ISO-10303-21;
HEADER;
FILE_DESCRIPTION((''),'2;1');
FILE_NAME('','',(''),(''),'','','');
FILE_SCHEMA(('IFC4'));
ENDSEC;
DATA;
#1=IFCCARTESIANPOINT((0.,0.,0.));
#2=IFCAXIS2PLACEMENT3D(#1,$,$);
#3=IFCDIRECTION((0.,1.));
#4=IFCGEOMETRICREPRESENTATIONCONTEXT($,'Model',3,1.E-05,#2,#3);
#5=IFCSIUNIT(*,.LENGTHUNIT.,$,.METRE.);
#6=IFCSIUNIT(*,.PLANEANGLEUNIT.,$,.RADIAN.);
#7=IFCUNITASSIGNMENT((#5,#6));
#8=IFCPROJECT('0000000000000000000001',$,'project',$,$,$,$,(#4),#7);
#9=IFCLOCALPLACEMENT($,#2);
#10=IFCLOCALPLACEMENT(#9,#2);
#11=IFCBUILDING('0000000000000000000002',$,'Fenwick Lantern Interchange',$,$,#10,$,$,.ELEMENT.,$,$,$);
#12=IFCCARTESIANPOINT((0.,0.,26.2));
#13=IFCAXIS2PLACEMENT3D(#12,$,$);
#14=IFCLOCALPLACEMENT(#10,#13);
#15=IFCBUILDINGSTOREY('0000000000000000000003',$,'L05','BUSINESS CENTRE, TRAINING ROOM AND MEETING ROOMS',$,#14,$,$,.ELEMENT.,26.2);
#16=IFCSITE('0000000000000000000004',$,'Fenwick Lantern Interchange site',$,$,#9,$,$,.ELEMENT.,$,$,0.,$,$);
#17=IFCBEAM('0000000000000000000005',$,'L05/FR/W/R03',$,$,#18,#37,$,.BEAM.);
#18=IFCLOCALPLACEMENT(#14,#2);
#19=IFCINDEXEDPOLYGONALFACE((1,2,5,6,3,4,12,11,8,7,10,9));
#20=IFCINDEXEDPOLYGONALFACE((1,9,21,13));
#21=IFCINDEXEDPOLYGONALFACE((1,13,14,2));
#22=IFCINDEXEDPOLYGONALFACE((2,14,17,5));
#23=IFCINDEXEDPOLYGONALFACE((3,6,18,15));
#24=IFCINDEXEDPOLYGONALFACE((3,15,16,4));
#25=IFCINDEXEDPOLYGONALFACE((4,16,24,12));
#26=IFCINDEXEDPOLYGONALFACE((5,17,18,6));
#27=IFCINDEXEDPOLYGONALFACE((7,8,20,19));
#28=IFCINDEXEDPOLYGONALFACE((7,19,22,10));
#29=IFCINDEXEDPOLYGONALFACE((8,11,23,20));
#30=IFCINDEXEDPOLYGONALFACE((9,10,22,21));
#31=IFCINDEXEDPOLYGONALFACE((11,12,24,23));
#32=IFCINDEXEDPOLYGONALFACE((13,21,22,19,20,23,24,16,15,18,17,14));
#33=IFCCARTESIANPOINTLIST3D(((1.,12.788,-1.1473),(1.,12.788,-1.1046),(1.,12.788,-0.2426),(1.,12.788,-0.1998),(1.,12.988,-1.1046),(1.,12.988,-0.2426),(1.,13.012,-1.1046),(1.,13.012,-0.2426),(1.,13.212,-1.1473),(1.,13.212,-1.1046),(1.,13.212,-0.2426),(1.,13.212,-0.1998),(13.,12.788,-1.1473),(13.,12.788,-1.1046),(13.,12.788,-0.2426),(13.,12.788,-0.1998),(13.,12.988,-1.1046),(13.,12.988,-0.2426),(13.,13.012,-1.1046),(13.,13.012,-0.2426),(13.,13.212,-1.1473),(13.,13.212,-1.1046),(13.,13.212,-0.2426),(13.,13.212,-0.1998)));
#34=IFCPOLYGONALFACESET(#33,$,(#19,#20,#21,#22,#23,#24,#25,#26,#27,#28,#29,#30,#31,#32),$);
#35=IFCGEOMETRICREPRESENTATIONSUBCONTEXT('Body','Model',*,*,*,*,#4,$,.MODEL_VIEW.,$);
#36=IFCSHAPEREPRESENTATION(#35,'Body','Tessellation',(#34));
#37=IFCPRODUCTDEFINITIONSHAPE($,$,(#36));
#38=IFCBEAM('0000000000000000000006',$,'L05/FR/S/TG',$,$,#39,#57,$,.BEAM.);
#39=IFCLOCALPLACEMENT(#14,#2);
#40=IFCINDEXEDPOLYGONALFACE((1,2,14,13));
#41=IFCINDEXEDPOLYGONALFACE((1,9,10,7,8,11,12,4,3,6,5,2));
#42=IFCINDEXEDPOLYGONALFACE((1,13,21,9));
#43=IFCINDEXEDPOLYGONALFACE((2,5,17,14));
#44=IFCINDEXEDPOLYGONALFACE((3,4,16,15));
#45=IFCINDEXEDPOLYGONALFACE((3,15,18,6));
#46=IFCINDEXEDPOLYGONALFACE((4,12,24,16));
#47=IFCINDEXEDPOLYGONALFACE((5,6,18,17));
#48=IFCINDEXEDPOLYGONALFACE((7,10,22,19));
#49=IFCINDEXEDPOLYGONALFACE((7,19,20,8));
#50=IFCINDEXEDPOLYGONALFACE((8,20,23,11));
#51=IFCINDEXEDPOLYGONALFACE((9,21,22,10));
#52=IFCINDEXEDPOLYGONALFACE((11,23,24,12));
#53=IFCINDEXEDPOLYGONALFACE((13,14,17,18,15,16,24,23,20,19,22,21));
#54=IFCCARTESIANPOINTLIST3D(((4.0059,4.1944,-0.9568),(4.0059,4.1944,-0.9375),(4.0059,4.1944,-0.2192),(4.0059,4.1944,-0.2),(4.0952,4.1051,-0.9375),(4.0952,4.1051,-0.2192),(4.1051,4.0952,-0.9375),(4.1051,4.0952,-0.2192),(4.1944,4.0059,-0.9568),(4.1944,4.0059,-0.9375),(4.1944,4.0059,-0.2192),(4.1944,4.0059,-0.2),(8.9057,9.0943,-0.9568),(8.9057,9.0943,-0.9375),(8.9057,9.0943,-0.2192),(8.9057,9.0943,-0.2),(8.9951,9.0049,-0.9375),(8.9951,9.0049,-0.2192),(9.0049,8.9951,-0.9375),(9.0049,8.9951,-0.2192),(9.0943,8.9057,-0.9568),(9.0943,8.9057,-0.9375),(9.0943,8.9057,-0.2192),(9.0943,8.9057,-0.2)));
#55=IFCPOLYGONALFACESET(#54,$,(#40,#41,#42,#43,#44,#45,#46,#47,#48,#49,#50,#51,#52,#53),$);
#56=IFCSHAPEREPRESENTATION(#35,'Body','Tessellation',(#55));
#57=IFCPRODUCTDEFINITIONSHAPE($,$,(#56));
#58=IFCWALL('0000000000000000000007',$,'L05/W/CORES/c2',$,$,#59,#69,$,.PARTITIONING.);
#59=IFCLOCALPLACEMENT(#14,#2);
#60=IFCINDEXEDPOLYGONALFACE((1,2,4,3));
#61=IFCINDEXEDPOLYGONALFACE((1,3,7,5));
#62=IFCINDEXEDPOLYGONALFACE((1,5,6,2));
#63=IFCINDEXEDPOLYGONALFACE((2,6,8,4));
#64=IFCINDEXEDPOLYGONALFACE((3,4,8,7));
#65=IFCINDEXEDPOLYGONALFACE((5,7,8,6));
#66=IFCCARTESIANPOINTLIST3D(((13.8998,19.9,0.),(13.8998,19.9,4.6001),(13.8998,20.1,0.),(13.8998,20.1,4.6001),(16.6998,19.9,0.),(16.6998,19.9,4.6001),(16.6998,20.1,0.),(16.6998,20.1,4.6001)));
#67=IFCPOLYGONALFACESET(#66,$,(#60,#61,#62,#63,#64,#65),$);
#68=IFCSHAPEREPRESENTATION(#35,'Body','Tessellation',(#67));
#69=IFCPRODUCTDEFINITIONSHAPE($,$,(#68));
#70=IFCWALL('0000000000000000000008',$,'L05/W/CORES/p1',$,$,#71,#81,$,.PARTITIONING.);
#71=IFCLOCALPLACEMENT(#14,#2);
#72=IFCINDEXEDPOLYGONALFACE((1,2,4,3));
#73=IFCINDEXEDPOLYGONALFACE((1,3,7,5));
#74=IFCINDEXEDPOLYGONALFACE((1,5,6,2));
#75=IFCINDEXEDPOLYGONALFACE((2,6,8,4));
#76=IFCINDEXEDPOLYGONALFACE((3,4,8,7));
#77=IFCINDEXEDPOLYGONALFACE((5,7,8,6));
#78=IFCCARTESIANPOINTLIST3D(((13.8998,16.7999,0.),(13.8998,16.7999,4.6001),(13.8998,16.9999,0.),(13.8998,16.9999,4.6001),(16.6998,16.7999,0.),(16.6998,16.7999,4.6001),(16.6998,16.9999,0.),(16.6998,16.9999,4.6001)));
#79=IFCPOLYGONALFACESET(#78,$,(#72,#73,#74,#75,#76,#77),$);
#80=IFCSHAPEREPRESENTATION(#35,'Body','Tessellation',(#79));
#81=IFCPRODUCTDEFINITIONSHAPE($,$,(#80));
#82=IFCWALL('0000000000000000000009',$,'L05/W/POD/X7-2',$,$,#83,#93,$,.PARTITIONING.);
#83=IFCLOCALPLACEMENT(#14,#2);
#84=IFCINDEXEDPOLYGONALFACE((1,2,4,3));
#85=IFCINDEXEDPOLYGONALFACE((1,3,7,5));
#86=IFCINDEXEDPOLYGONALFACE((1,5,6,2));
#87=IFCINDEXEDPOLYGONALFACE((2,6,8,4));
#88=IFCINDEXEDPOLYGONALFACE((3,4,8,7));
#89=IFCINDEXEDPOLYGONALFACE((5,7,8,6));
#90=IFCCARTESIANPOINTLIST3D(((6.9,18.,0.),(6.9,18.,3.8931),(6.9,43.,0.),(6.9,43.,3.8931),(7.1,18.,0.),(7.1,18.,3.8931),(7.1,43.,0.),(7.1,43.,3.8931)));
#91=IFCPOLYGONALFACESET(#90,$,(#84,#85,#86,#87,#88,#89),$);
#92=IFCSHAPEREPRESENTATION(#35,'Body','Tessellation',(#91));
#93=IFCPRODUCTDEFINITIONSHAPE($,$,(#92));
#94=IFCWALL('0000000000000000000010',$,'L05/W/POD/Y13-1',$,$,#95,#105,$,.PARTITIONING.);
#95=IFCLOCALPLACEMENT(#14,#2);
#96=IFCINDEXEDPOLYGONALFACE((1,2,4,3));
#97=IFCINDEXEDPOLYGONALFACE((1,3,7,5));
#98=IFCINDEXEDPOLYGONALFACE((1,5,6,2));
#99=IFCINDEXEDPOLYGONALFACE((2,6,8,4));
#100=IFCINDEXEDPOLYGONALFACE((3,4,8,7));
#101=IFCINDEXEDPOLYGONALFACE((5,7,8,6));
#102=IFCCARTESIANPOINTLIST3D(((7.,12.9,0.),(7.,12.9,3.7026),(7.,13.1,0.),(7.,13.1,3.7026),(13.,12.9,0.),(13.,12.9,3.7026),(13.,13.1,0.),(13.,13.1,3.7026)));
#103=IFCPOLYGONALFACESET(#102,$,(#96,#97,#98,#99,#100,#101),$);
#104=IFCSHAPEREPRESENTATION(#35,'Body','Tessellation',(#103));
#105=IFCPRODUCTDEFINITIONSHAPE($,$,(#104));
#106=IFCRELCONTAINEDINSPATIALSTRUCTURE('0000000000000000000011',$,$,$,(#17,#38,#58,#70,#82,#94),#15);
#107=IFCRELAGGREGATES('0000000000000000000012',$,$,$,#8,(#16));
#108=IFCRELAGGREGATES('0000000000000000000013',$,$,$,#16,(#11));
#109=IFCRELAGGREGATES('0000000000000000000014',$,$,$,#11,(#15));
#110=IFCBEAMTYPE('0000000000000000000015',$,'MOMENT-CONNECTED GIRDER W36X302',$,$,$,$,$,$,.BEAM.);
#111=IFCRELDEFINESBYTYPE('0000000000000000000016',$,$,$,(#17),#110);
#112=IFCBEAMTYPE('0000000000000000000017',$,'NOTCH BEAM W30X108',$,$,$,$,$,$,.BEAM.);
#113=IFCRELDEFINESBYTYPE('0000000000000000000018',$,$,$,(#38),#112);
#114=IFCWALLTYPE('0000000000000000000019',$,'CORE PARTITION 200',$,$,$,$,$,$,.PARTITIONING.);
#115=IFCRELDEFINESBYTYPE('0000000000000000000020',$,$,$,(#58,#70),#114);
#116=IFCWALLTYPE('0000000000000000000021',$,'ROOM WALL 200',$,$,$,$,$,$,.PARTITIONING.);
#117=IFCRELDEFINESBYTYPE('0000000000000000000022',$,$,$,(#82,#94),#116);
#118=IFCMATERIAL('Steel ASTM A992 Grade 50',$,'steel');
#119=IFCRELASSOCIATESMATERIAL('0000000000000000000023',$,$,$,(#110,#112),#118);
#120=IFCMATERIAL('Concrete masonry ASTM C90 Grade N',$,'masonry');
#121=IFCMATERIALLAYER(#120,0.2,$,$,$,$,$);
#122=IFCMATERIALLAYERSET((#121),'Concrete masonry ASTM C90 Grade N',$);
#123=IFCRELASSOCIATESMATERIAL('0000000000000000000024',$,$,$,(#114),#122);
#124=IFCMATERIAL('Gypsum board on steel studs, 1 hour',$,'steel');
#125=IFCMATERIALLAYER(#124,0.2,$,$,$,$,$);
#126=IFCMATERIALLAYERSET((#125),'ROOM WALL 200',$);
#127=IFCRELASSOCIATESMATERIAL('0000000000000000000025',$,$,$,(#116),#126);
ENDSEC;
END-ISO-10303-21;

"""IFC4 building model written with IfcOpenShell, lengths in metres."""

from ifc_helpers import new_model, si_unit, direction, frame, frame_2d, origin, origin_2d, place, context, subcontext, project, spatial, rectangle, i_section, extrude, material, layer, layer_set, material_profile, profile_set, type_object, element, save


model = new_model("IFC4")

# Units and contexts
model_context = context("Model", 3, precision=1e-05, world=origin(), true_north=direction((0.0, 1.0)))
body_context = subcontext(model_context, "Body", "Model", "MODEL_VIEW")
ifc_project = project(units=[si_unit("LENGTHUNIT", "METRE"), si_unit("PLANEANGLEUNIT", "RADIAN")], contexts=[model_context])

# Site, building, storey
site_placement = place(None, origin())
site = spatial("IfcSite", under=ifc_project, at=site_placement, Name="Fenwick Lantern Interchange site", CompositionType="ELEMENT", RefElevation=0.0)
building_placement = place(site_placement, origin())
building = spatial("IfcBuilding", under=site, at=building_placement, Name="Fenwick Lantern Interchange", CompositionType="ELEMENT")
storey_placement = place(building_placement, frame((0.0, 0.0, 26.2)))
storey = spatial("IfcBuildingStorey", under=building, at=storey_placement, Name="L05", Description="BUSINESS CENTRE, TRAINING ROOM AND MEETING ROOMS", CompositionType="ELEMENT", Elevation=26.2)

# Beams
ifc_material_1 = material(Name="Steel ASTM A992 Grade 50", Category="steel")
ifc_material_profile_1 = material_profile(ifc_material_1, i_section(OverallWidth=0.4241, OverallDepth=0.9475, WebThickness=0.0239, FlangeThickness=0.0427, at=origin_2d()), Name="W36X302")
ifc_profile_set_1 = profile_set([ifc_material_profile_1], Name="Steel ASTM A992 Grade 50")
beam_type_1 = type_object("IfcBeamType", Name="MOMENT-CONNECTED GIRDER W36X302", PredefinedType="BEAM", material=ifc_profile_set_1)
beam_1_placement = place(storey_placement, frame((1.0, 13.0, -0.6736), z_axis=(1.0, 0.0, 0.0), x_axis=(0.0, 1.0, 0.0)))
element("IfcBeam", 1, at=beam_1_placement, inside=storey, type_object=beam_type_1, Name="L05/FR/W/R03", PredefinedType="BEAM", context=body_context, shape_type="SweptSolid", body=[
    extrude(i_section(OverallWidth=0.4241, OverallDepth=0.9475, WebThickness=0.0239, FlangeThickness=0.0427, at=origin_2d()), origin(), (0.0, 0.0, 1.0), 12.0),
])
ifc_material_profile_2 = material_profile(ifc_material_1, i_section(OverallWidth=0.2666, OverallDepth=0.7568, WebThickness=0.0139, FlangeThickness=0.0193, at=origin_2d()), Name="W30X108")
ifc_profile_set_2 = profile_set([ifc_material_profile_2], Name="Steel ASTM A992 Grade 50")
beam_type_2 = type_object("IfcBeamType", Name="NOTCH BEAM W30X108", PredefinedType="BEAM", material=ifc_profile_set_2)
beam_2_placement = place(storey_placement, frame((9.0, 9.0, -0.5784), z_axis=(-0.707107, -0.707107, 0.0), x_axis=(0.707107, -0.707107, 0.0)))
element("IfcBeam", 2, at=beam_2_placement, inside=storey, type_object=beam_type_2, Name="L05/FR/S/TG", PredefinedType="BEAM", context=body_context, shape_type="SweptSolid", body=[
    extrude(i_section(OverallWidth=0.2666, OverallDepth=0.7568, WebThickness=0.0139, FlangeThickness=0.0193, at=origin_2d()), origin(), (0.0, 0.0, 1.0), 6.9294),
])

# Walls
ifc_material_2 = material(Name="Concrete masonry ASTM C90 Grade N", Category="masonry")
ifc_layer_1 = layer(ifc_material_2, 0.2)
ifc_layer_set_1 = layer_set([ifc_layer_1], Name="Concrete masonry ASTM C90 Grade N")
wall_type_1 = type_object("IfcWallType", Name="CORE PARTITION 200", PredefinedType="PARTITIONING", material=ifc_layer_set_1)
for number, where, z_axis, x_axis, name in (
    (3, (13.8999, 20.0, 0.0), (0.0, 0.0, 1.0), (1.0, 0.0, 0.0), "L05/W/CORES/c2"),
    (4, (13.8999, 16.8999, 0.0), (0.0, 0.0, 1.0), (1.0, 0.0, 0.0), "L05/W/CORES/p1"),
):
    element("IfcWall", number, at=place(storey_placement, frame(where, z_axis=z_axis, x_axis=x_axis)), inside=storey, type_object=wall_type_1, Name=name, PredefinedType="PARTITIONING", context=body_context, shape_type="SweptSolid", body=[
        extrude(rectangle(XDim=2.8, YDim=0.2, at=frame_2d((1.3999, 0.0))), origin(), (0.0, 0.0, 1.0), 4.6001),
    ])

# Walls
ifc_material_3 = material(Name="Gypsum board on steel studs, 1 hour", Category="steel")
ifc_layer_2 = layer(ifc_material_3, 0.2)
ifc_layer_set_2 = layer_set([ifc_layer_2], Name="ROOM WALL 200")
wall_type_2 = type_object("IfcWallType", Name="ROOM WALL 200", PredefinedType="PARTITIONING", material=ifc_layer_set_2)
wall_1_placement = place(storey_placement, frame((7.0, 18.0, 0.0), z_axis=(0.0, 0.0, 1.0), x_axis=(0.0, 1.0, 0.0)))
element("IfcWall", 5, at=wall_1_placement, inside=storey, type_object=wall_type_2, Name="L05/W/POD/X7-2", PredefinedType="PARTITIONING", context=body_context, shape_type="SweptSolid", body=[
    extrude(rectangle(XDim=25.0, YDim=0.2, at=frame_2d((12.5, 0.0))), origin(), (0.0, 0.0, 1.0), 3.8931),
])
wall_2_placement = place(storey_placement, frame((7.0, 13.0, 0.0), z_axis=(0.0, 0.0, 1.0), x_axis=(1.0, 0.0, 0.0)))
element("IfcWall", 6, at=wall_2_placement, inside=storey, type_object=wall_type_2, Name="L05/W/POD/Y13-1", PredefinedType="PARTITIONING", context=body_context, shape_type="SweptSolid", body=[
    extrude(rectangle(XDim=6.0, YDim=0.2, at=frame_2d((3.0, 0.0))), origin(), (0.0, 0.0, 1.0), 3.7026),
])

save(model, "model.ifc")
